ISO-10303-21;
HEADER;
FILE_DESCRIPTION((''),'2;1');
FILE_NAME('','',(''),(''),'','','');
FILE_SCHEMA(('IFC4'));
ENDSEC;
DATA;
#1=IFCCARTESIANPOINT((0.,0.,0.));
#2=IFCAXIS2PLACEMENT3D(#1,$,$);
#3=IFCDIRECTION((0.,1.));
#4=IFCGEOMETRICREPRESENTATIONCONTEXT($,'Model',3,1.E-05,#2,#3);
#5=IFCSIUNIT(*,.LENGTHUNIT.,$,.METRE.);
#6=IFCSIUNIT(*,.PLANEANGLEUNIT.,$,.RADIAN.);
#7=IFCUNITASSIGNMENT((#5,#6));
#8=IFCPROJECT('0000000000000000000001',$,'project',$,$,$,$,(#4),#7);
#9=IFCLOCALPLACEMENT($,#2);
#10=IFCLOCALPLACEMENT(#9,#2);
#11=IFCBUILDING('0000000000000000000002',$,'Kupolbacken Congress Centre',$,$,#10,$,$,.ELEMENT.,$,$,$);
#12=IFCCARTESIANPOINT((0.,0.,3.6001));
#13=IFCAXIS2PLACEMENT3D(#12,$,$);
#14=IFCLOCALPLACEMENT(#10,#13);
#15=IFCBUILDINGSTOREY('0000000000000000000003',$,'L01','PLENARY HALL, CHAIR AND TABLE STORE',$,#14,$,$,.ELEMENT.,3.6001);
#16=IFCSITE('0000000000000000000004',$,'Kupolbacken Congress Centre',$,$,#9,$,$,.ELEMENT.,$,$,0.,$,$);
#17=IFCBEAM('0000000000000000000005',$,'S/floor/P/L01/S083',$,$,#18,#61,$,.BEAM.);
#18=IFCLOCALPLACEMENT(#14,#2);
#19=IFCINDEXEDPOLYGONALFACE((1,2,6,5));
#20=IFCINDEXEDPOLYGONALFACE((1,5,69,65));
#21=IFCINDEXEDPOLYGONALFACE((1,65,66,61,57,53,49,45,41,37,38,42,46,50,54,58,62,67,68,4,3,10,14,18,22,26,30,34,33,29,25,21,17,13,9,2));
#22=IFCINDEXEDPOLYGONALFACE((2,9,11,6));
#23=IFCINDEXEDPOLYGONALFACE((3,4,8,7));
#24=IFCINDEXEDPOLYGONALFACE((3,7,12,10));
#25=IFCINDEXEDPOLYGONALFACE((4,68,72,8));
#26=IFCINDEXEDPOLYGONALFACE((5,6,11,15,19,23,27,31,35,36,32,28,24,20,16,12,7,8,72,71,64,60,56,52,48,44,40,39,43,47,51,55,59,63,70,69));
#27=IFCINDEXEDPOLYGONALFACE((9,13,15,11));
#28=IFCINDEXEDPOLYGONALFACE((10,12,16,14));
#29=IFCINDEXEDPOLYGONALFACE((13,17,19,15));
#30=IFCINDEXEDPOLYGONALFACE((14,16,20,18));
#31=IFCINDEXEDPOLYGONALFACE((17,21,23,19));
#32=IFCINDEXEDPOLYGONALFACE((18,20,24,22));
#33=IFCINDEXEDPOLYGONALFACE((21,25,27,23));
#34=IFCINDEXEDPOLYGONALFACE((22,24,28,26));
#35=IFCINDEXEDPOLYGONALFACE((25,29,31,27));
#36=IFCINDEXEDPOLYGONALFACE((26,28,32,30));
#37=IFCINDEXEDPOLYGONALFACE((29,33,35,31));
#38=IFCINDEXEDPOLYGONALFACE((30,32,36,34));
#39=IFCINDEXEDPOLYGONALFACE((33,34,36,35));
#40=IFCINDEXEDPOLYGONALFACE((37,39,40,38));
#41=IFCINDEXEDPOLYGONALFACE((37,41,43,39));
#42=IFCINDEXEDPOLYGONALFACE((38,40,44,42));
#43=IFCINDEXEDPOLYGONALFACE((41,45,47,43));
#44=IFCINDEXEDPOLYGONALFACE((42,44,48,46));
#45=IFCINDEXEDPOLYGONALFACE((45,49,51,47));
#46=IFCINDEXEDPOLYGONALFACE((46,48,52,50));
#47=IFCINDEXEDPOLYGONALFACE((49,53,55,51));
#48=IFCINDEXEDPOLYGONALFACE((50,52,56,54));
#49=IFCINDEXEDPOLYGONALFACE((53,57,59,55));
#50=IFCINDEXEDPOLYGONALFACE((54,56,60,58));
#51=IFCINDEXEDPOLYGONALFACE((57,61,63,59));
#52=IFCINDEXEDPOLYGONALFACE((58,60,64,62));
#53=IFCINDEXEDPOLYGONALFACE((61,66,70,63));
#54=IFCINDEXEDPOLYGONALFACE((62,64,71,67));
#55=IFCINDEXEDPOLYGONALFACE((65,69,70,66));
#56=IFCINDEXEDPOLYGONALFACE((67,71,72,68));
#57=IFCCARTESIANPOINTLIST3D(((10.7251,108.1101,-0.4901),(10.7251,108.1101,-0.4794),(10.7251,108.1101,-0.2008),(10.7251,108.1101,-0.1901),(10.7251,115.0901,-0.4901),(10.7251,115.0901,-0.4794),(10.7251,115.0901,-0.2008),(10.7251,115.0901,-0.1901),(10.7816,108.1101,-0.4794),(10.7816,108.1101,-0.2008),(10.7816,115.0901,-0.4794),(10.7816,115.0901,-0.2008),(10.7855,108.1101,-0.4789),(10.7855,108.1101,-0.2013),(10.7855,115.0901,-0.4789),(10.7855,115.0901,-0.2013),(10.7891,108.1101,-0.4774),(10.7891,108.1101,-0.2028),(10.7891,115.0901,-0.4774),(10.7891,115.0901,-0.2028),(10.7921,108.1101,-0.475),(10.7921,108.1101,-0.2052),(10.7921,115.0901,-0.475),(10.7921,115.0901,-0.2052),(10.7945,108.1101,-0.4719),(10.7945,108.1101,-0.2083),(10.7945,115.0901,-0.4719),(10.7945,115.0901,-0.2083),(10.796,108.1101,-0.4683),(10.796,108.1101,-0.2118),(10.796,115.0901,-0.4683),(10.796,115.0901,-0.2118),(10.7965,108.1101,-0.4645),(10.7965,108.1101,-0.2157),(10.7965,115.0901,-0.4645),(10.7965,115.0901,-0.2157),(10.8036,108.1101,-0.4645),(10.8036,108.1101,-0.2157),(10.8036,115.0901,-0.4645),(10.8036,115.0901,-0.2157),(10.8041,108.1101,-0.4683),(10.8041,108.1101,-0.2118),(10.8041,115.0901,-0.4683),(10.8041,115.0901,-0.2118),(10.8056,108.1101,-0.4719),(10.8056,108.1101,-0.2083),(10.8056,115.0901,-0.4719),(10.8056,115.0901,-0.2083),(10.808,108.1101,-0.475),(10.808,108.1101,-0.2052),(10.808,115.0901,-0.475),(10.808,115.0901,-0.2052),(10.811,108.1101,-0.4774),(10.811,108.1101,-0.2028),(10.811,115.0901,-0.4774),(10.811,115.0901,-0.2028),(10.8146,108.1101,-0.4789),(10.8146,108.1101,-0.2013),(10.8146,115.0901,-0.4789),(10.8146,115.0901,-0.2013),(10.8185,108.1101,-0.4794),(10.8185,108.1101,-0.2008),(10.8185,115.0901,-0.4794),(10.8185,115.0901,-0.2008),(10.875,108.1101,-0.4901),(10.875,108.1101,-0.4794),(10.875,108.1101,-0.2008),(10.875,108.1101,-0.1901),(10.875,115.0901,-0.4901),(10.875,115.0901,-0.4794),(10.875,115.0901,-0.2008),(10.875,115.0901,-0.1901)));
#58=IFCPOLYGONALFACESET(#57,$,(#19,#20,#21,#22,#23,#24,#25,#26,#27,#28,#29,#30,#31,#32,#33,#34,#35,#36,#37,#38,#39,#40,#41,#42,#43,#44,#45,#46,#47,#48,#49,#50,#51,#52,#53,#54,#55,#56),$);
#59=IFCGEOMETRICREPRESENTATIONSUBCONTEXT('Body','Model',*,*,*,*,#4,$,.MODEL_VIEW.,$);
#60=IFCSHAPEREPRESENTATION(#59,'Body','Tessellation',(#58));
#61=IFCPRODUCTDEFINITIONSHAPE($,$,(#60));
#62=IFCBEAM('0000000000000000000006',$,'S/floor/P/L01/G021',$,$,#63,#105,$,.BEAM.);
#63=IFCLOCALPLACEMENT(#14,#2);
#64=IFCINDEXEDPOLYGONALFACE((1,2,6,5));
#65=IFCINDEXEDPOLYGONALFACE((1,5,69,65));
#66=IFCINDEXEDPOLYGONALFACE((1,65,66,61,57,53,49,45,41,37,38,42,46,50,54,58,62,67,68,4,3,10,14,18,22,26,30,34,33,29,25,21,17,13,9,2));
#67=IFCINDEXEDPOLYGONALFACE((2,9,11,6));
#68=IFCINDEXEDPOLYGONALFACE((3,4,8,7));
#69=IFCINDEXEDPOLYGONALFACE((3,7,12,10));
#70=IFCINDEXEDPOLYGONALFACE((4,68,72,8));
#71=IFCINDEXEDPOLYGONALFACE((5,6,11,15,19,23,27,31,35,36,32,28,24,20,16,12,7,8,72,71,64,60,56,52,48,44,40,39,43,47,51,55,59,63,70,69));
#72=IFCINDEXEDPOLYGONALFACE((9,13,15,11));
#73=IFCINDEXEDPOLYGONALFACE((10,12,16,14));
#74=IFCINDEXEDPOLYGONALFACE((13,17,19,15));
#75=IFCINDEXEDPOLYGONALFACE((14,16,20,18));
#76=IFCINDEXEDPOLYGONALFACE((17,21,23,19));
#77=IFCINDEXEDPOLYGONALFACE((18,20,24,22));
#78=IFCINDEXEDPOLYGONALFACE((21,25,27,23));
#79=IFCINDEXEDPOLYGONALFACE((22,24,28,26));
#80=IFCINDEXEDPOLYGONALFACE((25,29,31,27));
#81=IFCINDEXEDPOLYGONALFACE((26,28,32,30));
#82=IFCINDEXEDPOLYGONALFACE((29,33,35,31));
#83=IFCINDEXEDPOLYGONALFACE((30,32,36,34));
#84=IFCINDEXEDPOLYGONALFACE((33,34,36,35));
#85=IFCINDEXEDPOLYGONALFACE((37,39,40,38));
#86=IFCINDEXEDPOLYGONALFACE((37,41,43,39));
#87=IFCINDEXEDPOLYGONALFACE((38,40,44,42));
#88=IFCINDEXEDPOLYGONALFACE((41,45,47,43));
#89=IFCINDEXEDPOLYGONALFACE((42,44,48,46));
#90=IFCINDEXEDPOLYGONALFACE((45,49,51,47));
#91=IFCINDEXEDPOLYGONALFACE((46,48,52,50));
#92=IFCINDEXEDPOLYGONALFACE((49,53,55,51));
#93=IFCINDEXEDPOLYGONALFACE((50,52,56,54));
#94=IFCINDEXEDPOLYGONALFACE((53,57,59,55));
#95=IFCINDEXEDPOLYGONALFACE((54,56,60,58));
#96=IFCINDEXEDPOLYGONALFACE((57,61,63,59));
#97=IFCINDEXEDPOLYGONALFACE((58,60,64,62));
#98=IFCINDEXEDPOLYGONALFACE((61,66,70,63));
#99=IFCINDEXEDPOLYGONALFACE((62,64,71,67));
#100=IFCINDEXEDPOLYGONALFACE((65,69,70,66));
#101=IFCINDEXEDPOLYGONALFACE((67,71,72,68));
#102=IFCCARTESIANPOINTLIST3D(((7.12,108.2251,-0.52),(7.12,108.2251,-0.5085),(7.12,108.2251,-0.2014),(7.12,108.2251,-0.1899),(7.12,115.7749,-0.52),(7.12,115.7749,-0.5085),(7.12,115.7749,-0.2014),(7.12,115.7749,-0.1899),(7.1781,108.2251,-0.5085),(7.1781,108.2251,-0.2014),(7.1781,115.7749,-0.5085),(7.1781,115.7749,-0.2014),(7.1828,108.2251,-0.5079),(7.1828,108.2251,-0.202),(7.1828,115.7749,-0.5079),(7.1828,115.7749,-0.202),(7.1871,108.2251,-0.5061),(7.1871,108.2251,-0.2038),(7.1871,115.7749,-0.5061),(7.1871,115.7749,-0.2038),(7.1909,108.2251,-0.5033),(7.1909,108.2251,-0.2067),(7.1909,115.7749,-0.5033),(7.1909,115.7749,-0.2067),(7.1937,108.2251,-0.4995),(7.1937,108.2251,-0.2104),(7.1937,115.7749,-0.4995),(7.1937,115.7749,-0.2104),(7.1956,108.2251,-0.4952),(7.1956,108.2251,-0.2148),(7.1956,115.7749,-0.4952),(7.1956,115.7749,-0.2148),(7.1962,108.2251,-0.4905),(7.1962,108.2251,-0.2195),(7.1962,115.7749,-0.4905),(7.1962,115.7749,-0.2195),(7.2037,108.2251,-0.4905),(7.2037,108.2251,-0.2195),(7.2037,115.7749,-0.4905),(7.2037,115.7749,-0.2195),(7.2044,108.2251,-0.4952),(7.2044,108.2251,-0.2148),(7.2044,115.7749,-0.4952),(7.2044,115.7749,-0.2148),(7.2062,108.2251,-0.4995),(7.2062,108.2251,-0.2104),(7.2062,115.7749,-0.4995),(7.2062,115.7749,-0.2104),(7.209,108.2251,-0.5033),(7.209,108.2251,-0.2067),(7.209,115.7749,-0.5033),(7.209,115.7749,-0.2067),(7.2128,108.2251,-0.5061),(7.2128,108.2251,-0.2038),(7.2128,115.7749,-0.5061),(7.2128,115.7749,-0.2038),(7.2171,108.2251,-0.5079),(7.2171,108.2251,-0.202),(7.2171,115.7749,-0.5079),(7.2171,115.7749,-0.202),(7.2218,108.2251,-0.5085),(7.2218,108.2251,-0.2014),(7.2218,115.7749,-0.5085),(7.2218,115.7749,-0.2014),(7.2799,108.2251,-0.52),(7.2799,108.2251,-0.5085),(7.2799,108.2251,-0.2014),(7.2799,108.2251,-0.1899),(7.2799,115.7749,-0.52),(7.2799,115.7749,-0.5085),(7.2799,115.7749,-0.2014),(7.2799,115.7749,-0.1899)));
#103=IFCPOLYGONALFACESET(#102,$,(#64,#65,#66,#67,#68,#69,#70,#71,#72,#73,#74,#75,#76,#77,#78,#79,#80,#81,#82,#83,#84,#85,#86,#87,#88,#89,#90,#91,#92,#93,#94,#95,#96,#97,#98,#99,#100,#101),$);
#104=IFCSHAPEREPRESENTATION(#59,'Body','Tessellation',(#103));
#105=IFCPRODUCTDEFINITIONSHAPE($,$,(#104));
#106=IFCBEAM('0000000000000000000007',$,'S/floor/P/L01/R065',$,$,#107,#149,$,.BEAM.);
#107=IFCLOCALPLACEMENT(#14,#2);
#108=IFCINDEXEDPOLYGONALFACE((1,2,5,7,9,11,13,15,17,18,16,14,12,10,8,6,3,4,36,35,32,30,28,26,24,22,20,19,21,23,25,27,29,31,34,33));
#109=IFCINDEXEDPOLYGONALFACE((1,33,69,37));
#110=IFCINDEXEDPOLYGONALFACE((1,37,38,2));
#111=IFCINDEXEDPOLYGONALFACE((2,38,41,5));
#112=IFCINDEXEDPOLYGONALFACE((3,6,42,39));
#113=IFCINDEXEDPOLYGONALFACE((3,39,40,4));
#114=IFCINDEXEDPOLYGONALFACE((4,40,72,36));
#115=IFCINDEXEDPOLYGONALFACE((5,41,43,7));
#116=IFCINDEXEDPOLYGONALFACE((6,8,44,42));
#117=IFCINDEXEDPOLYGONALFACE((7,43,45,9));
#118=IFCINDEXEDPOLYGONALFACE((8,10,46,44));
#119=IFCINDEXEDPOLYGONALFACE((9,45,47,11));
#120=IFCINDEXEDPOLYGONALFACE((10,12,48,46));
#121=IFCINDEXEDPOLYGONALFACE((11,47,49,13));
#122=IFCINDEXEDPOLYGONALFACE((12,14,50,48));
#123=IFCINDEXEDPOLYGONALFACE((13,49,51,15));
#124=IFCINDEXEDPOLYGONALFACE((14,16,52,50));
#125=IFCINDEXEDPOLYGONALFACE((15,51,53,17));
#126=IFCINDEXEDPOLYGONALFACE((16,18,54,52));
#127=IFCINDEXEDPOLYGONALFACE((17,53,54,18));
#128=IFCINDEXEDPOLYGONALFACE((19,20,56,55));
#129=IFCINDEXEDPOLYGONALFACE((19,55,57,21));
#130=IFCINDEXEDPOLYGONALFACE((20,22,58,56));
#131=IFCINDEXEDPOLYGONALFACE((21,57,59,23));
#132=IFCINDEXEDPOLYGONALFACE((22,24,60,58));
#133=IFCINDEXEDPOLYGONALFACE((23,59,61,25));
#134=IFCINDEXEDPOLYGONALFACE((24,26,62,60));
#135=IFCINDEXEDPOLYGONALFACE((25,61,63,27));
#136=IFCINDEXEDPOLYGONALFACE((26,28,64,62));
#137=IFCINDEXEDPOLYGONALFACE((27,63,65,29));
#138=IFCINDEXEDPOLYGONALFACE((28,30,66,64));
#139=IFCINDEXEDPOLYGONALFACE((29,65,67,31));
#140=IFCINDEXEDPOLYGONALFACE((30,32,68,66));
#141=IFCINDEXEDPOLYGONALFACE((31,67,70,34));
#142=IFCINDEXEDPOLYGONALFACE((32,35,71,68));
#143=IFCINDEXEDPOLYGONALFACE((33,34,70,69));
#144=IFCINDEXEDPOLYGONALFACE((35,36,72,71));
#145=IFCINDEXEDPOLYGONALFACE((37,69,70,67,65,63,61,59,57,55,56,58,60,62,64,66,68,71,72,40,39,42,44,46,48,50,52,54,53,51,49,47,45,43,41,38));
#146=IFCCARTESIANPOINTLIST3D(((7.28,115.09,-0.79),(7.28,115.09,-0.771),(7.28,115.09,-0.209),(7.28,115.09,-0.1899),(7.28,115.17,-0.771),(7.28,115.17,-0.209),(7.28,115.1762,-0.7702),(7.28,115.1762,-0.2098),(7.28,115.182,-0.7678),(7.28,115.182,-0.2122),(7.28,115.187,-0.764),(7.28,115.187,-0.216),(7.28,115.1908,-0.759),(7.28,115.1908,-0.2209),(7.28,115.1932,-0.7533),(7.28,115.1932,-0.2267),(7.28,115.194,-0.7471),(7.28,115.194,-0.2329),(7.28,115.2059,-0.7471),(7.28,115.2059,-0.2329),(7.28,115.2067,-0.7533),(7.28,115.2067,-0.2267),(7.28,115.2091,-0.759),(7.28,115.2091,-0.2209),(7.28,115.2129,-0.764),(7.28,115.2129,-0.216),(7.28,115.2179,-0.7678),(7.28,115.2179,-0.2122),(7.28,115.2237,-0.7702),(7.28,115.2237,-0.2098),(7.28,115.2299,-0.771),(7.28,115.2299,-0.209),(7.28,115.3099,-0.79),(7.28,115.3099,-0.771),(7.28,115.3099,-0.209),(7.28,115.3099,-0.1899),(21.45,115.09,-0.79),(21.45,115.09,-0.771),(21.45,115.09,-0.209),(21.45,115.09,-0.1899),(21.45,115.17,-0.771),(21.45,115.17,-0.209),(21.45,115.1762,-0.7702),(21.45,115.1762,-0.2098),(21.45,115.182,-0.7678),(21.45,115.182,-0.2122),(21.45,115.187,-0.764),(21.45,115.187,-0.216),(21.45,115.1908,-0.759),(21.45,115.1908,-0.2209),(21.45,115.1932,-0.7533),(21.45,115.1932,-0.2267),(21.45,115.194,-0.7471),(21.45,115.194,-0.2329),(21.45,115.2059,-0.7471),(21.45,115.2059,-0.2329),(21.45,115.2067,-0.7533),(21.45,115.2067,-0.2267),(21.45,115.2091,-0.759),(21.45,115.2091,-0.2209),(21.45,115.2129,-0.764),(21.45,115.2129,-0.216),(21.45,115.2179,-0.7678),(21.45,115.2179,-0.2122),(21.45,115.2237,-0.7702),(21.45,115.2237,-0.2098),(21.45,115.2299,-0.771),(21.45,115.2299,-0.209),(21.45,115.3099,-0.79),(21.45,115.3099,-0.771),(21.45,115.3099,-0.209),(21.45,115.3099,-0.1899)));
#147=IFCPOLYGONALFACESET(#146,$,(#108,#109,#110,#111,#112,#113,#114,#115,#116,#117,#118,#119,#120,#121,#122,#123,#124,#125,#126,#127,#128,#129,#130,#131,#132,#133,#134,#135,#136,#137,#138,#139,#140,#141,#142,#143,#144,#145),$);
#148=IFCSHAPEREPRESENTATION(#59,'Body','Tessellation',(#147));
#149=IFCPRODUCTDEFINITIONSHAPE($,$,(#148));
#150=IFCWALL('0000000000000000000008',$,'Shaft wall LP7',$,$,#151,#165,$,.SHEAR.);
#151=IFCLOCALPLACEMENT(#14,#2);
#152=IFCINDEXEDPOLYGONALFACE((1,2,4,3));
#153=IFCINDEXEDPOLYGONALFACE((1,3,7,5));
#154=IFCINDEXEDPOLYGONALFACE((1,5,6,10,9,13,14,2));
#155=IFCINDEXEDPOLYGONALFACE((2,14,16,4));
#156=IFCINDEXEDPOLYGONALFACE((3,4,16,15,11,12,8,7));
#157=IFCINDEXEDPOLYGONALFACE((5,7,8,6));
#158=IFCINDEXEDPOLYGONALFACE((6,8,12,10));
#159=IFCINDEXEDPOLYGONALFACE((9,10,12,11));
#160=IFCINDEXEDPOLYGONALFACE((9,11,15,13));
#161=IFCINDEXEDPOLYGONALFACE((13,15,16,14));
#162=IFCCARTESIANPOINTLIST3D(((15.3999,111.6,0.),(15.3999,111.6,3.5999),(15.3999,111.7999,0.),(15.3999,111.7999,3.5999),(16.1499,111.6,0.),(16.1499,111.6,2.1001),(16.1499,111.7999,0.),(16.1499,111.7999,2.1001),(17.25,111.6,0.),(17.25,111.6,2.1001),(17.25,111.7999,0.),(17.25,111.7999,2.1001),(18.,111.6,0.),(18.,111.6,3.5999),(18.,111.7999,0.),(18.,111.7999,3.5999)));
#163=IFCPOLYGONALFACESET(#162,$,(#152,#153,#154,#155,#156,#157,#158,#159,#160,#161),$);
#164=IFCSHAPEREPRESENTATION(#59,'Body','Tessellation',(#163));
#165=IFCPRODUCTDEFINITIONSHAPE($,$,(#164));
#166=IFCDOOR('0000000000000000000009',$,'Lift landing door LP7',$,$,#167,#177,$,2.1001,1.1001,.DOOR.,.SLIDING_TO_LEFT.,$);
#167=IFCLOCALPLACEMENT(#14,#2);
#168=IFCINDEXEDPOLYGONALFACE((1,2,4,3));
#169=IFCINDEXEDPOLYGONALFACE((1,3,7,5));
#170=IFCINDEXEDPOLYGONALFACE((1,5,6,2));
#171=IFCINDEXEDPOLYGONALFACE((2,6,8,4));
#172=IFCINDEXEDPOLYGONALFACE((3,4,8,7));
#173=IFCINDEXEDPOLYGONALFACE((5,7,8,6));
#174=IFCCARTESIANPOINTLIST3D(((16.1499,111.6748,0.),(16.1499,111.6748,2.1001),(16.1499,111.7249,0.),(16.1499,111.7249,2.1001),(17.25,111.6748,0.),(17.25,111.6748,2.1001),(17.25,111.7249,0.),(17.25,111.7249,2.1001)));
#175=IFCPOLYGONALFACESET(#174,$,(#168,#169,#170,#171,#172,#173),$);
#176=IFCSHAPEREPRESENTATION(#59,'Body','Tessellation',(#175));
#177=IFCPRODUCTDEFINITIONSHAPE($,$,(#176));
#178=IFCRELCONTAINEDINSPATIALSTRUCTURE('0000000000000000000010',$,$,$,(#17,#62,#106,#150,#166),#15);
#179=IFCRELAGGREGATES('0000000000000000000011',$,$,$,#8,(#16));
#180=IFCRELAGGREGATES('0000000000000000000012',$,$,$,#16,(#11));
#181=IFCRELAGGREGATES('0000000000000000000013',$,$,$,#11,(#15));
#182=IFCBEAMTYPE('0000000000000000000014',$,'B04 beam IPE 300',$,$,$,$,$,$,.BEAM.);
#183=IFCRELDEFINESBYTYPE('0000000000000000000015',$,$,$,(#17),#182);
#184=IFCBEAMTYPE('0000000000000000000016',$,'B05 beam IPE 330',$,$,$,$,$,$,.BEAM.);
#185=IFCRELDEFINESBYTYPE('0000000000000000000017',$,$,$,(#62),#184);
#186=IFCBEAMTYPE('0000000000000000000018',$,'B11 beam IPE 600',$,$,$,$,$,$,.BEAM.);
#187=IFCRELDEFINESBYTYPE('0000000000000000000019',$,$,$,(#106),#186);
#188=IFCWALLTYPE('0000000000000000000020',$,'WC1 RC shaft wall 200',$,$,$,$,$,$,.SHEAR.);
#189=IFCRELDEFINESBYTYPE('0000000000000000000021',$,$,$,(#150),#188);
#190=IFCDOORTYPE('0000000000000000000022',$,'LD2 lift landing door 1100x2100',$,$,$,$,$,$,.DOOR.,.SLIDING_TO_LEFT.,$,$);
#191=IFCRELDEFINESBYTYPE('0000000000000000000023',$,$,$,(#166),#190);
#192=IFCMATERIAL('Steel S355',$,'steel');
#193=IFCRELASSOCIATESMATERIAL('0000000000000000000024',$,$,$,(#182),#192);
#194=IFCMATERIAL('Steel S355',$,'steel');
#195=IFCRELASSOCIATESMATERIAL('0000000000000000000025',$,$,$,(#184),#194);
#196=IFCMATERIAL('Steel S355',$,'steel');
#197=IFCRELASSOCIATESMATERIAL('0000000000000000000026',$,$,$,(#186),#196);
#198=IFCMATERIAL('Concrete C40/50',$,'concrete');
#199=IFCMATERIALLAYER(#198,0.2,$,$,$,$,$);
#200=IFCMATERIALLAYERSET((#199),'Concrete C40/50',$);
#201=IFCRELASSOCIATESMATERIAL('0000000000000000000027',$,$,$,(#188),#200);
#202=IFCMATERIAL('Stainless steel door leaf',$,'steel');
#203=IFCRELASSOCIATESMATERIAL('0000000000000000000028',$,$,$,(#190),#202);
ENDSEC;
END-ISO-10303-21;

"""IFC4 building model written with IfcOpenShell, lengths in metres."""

from ifc_helpers import new_model, si_unit, direction, frame, frame_2d, origin, origin_2d, place, context, subcontext, project, spatial, rectangle, i_section, extrude, material, layer, layer_set, material_profile, profile_set, type_object, element, fill, save


model = new_model("IFC4")

# Units and contexts
model_context = context("Model", 3, precision=1e-05, world=origin(), true_north=direction((0.0, 1.0)))
body_context = subcontext(model_context, "Body", "Model", "MODEL_VIEW")
ifc_project = project(units=[si_unit("LENGTHUNIT", "METRE"), si_unit("PLANEANGLEUNIT", "RADIAN")], contexts=[model_context])

# Site, building, storey
site_placement = place(None, origin())
site = spatial("IfcSite", under=ifc_project, at=site_placement, Name="Kupolbacken Congress Centre", CompositionType="ELEMENT", RefElevation=0.0)
building_placement = place(site_placement, origin())
building = spatial("IfcBuilding", under=site, at=building_placement, Name="Kupolbacken Congress Centre", CompositionType="ELEMENT")
storey_placement = place(building_placement, frame((0.0, 0.0, 3.6001)))
storey = spatial("IfcBuildingStorey", under=building, at=storey_placement, Name="L01", Description="PLENARY HALL, CHAIR AND TABLE STORE", CompositionType="ELEMENT", Elevation=3.6001)

# Beams
ifc_material_1 = material(Name="Steel S355", Category="steel")
ifc_material_profile_1 = material_profile(ifc_material_1, i_section(OverallWidth=0.1499, OverallDepth=0.3, WebThickness=0.0071, FlangeThickness=0.0107, FilletRadius=0.0149, at=origin_2d()), Name="IPE 300")
ifc_profile_set_1 = profile_set([ifc_material_profile_1], Name="Steel S355")
beam_type_1 = type_object("IfcBeamType", Name="B04 beam IPE 300", PredefinedType="BEAM", material=ifc_profile_set_1)
beam_1_placement = place(storey_placement, frame((10.8, 108.1101, -0.3401), z_axis=(0.0, 1.0, 0.0), x_axis=(-1.0, 0.0, 0.0)))
element("IfcBeam", 1, at=beam_1_placement, inside=storey, type_object=beam_type_1, Name="S/floor/P/L01/S083", PredefinedType="BEAM", context=body_context, shape_type="SweptSolid", body=[
    extrude(i_section(OverallWidth=0.1499, OverallDepth=0.3, WebThickness=0.0071, FlangeThickness=0.0107, FilletRadius=0.0149, at=origin_2d()), origin(), (0.0, 0.0, 1.0), 6.98),
])
ifc_material_2 = material(Name="Steel S355", Category="steel")
ifc_material_profile_2 = material_profile(ifc_material_2, i_section(OverallWidth=0.1599, OverallDepth=0.3301, WebThickness=0.0076, FlangeThickness=0.0115, FilletRadius=0.0181, at=origin_2d()), Name="IPE 330")
ifc_profile_set_2 = profile_set([ifc_material_profile_2], Name="Steel S355")
beam_type_2 = type_object("IfcBeamType", Name="B05 beam IPE 330", PredefinedType="BEAM", material=ifc_profile_set_2)
beam_2_placement = place(storey_placement, frame((7.2, 108.2251, -0.355), z_axis=(0.0, 1.0, 0.0), x_axis=(-1.0, 0.0, 0.0)))
element("IfcBeam", 2, at=beam_2_placement, inside=storey, type_object=beam_type_2, Name="S/floor/P/L01/G021", PredefinedType="BEAM", context=body_context, shape_type="SweptSolid", body=[
    extrude(i_section(OverallWidth=0.1599, OverallDepth=0.3301, WebThickness=0.0076, FlangeThickness=0.0115, FilletRadius=0.0181, at=origin_2d()), origin(), (0.0, 0.0, 1.0), 7.5498),
])
ifc_material_3 = material(Name="Steel S355", Category="steel")
ifc_material_profile_3 = material_profile(ifc_material_3, i_section(OverallWidth=0.22, OverallDepth=0.6001, WebThickness=0.012, FlangeThickness=0.019, FilletRadius=0.0239, at=origin_2d()), Name="IPE 600")
ifc_profile_set_3 = profile_set([ifc_material_profile_3], Name="Steel S355")
beam_type_3 = type_object("IfcBeamType", Name="B11 beam IPE 600", PredefinedType="BEAM", material=ifc_profile_set_3)
beam_3_placement = place(storey_placement, frame((7.28, 115.2, -0.49), z_axis=(1.0, 0.0, 0.0), x_axis=(0.0, 1.0, 0.0)))
element("IfcBeam", 3, at=beam_3_placement, inside=storey, type_object=beam_type_3, Name="S/floor/P/L01/R065", PredefinedType="BEAM", context=body_context, shape_type="SweptSolid", body=[
    extrude(i_section(OverallWidth=0.22, OverallDepth=0.6001, WebThickness=0.012, FlangeThickness=0.019, FilletRadius=0.0239, at=origin_2d()), origin(), (0.0, 0.0, 1.0), 14.1699),
])

# Wall, opening, door
ifc_material_4 = material(Name="Concrete C40/50", Category="concrete")
ifc_layer_1 = layer(ifc_material_4, 0.2)
ifc_layer_set_1 = layer_set([ifc_layer_1], Name="Concrete C40/50")
wall_type_1 = type_object("IfcWallType", Name="WC1 RC shaft wall 200", PredefinedType="SHEAR", material=ifc_layer_set_1)
wall_1_placement = place(storey_placement, frame((15.3999, 111.7, 0.0), z_axis=(0.0, 0.0, 1.0), x_axis=(1.0, 0.0, 0.0)))
wall_1 = element("IfcWall", 4, at=wall_1_placement, inside=storey, type_object=wall_type_1, Name="Shaft wall LP7", PredefinedType="SHEAR", context=body_context, shape_type="SweptSolid", body=[
    extrude(rectangle(XDim=2.6001, YDim=0.2, at=frame_2d((1.3, 0.0))), origin(), (0.0, 0.0, 1.0), 3.5999),
])
opening_1_placement = place(wall_1_placement, frame((0.75, 0.0, 0.0)))
opening_1 = element("IfcOpeningElement", 5, at=opening_1_placement, cuts=wall_1, PredefinedType="OPENING", context=body_context, shape_type="SweptSolid", body=[
    extrude(rectangle(XDim=1.1001, YDim=2.1001, at=frame_2d((0.55, 1.05))), frame((0.0, 0.1099, 0.0), z_axis=(0.0, -1.0, 0.0), x_axis=(1.0, 0.0, 0.0)), (0.0, 0.0, 1.0), 0.22),
])
ifc_material_5 = material(Name="Stainless steel door leaf", Category="steel")
door_type_1 = type_object("IfcDoorType", Name="LD2 lift landing door 1100x2100", OperationType="SLIDING_TO_LEFT", PredefinedType="DOOR", material=ifc_material_5)
door_1_placement = place(opening_1_placement, origin())
door_1 = element("IfcDoor", 6, at=door_1_placement, inside=storey, type_object=door_type_1, Name="Lift landing door LP7", OperationType="SLIDING_TO_LEFT", OverallHeight=2.1001, OverallWidth=1.1001, PredefinedType="DOOR", context=body_context, shape_type="SweptSolid", body=[
    extrude(rectangle(XDim=1.1001, YDim=2.1001, at=frame_2d((0.55, 1.05))), frame((0.0, 0.0249, 0.0), z_axis=(0.0, -1.0, 0.0), x_axis=(1.0, 0.0, 0.0)), (0.0, 0.0, 1.0), 0.05),
])
fill(opening_1, door_1)

save(model, "model.ifc")
